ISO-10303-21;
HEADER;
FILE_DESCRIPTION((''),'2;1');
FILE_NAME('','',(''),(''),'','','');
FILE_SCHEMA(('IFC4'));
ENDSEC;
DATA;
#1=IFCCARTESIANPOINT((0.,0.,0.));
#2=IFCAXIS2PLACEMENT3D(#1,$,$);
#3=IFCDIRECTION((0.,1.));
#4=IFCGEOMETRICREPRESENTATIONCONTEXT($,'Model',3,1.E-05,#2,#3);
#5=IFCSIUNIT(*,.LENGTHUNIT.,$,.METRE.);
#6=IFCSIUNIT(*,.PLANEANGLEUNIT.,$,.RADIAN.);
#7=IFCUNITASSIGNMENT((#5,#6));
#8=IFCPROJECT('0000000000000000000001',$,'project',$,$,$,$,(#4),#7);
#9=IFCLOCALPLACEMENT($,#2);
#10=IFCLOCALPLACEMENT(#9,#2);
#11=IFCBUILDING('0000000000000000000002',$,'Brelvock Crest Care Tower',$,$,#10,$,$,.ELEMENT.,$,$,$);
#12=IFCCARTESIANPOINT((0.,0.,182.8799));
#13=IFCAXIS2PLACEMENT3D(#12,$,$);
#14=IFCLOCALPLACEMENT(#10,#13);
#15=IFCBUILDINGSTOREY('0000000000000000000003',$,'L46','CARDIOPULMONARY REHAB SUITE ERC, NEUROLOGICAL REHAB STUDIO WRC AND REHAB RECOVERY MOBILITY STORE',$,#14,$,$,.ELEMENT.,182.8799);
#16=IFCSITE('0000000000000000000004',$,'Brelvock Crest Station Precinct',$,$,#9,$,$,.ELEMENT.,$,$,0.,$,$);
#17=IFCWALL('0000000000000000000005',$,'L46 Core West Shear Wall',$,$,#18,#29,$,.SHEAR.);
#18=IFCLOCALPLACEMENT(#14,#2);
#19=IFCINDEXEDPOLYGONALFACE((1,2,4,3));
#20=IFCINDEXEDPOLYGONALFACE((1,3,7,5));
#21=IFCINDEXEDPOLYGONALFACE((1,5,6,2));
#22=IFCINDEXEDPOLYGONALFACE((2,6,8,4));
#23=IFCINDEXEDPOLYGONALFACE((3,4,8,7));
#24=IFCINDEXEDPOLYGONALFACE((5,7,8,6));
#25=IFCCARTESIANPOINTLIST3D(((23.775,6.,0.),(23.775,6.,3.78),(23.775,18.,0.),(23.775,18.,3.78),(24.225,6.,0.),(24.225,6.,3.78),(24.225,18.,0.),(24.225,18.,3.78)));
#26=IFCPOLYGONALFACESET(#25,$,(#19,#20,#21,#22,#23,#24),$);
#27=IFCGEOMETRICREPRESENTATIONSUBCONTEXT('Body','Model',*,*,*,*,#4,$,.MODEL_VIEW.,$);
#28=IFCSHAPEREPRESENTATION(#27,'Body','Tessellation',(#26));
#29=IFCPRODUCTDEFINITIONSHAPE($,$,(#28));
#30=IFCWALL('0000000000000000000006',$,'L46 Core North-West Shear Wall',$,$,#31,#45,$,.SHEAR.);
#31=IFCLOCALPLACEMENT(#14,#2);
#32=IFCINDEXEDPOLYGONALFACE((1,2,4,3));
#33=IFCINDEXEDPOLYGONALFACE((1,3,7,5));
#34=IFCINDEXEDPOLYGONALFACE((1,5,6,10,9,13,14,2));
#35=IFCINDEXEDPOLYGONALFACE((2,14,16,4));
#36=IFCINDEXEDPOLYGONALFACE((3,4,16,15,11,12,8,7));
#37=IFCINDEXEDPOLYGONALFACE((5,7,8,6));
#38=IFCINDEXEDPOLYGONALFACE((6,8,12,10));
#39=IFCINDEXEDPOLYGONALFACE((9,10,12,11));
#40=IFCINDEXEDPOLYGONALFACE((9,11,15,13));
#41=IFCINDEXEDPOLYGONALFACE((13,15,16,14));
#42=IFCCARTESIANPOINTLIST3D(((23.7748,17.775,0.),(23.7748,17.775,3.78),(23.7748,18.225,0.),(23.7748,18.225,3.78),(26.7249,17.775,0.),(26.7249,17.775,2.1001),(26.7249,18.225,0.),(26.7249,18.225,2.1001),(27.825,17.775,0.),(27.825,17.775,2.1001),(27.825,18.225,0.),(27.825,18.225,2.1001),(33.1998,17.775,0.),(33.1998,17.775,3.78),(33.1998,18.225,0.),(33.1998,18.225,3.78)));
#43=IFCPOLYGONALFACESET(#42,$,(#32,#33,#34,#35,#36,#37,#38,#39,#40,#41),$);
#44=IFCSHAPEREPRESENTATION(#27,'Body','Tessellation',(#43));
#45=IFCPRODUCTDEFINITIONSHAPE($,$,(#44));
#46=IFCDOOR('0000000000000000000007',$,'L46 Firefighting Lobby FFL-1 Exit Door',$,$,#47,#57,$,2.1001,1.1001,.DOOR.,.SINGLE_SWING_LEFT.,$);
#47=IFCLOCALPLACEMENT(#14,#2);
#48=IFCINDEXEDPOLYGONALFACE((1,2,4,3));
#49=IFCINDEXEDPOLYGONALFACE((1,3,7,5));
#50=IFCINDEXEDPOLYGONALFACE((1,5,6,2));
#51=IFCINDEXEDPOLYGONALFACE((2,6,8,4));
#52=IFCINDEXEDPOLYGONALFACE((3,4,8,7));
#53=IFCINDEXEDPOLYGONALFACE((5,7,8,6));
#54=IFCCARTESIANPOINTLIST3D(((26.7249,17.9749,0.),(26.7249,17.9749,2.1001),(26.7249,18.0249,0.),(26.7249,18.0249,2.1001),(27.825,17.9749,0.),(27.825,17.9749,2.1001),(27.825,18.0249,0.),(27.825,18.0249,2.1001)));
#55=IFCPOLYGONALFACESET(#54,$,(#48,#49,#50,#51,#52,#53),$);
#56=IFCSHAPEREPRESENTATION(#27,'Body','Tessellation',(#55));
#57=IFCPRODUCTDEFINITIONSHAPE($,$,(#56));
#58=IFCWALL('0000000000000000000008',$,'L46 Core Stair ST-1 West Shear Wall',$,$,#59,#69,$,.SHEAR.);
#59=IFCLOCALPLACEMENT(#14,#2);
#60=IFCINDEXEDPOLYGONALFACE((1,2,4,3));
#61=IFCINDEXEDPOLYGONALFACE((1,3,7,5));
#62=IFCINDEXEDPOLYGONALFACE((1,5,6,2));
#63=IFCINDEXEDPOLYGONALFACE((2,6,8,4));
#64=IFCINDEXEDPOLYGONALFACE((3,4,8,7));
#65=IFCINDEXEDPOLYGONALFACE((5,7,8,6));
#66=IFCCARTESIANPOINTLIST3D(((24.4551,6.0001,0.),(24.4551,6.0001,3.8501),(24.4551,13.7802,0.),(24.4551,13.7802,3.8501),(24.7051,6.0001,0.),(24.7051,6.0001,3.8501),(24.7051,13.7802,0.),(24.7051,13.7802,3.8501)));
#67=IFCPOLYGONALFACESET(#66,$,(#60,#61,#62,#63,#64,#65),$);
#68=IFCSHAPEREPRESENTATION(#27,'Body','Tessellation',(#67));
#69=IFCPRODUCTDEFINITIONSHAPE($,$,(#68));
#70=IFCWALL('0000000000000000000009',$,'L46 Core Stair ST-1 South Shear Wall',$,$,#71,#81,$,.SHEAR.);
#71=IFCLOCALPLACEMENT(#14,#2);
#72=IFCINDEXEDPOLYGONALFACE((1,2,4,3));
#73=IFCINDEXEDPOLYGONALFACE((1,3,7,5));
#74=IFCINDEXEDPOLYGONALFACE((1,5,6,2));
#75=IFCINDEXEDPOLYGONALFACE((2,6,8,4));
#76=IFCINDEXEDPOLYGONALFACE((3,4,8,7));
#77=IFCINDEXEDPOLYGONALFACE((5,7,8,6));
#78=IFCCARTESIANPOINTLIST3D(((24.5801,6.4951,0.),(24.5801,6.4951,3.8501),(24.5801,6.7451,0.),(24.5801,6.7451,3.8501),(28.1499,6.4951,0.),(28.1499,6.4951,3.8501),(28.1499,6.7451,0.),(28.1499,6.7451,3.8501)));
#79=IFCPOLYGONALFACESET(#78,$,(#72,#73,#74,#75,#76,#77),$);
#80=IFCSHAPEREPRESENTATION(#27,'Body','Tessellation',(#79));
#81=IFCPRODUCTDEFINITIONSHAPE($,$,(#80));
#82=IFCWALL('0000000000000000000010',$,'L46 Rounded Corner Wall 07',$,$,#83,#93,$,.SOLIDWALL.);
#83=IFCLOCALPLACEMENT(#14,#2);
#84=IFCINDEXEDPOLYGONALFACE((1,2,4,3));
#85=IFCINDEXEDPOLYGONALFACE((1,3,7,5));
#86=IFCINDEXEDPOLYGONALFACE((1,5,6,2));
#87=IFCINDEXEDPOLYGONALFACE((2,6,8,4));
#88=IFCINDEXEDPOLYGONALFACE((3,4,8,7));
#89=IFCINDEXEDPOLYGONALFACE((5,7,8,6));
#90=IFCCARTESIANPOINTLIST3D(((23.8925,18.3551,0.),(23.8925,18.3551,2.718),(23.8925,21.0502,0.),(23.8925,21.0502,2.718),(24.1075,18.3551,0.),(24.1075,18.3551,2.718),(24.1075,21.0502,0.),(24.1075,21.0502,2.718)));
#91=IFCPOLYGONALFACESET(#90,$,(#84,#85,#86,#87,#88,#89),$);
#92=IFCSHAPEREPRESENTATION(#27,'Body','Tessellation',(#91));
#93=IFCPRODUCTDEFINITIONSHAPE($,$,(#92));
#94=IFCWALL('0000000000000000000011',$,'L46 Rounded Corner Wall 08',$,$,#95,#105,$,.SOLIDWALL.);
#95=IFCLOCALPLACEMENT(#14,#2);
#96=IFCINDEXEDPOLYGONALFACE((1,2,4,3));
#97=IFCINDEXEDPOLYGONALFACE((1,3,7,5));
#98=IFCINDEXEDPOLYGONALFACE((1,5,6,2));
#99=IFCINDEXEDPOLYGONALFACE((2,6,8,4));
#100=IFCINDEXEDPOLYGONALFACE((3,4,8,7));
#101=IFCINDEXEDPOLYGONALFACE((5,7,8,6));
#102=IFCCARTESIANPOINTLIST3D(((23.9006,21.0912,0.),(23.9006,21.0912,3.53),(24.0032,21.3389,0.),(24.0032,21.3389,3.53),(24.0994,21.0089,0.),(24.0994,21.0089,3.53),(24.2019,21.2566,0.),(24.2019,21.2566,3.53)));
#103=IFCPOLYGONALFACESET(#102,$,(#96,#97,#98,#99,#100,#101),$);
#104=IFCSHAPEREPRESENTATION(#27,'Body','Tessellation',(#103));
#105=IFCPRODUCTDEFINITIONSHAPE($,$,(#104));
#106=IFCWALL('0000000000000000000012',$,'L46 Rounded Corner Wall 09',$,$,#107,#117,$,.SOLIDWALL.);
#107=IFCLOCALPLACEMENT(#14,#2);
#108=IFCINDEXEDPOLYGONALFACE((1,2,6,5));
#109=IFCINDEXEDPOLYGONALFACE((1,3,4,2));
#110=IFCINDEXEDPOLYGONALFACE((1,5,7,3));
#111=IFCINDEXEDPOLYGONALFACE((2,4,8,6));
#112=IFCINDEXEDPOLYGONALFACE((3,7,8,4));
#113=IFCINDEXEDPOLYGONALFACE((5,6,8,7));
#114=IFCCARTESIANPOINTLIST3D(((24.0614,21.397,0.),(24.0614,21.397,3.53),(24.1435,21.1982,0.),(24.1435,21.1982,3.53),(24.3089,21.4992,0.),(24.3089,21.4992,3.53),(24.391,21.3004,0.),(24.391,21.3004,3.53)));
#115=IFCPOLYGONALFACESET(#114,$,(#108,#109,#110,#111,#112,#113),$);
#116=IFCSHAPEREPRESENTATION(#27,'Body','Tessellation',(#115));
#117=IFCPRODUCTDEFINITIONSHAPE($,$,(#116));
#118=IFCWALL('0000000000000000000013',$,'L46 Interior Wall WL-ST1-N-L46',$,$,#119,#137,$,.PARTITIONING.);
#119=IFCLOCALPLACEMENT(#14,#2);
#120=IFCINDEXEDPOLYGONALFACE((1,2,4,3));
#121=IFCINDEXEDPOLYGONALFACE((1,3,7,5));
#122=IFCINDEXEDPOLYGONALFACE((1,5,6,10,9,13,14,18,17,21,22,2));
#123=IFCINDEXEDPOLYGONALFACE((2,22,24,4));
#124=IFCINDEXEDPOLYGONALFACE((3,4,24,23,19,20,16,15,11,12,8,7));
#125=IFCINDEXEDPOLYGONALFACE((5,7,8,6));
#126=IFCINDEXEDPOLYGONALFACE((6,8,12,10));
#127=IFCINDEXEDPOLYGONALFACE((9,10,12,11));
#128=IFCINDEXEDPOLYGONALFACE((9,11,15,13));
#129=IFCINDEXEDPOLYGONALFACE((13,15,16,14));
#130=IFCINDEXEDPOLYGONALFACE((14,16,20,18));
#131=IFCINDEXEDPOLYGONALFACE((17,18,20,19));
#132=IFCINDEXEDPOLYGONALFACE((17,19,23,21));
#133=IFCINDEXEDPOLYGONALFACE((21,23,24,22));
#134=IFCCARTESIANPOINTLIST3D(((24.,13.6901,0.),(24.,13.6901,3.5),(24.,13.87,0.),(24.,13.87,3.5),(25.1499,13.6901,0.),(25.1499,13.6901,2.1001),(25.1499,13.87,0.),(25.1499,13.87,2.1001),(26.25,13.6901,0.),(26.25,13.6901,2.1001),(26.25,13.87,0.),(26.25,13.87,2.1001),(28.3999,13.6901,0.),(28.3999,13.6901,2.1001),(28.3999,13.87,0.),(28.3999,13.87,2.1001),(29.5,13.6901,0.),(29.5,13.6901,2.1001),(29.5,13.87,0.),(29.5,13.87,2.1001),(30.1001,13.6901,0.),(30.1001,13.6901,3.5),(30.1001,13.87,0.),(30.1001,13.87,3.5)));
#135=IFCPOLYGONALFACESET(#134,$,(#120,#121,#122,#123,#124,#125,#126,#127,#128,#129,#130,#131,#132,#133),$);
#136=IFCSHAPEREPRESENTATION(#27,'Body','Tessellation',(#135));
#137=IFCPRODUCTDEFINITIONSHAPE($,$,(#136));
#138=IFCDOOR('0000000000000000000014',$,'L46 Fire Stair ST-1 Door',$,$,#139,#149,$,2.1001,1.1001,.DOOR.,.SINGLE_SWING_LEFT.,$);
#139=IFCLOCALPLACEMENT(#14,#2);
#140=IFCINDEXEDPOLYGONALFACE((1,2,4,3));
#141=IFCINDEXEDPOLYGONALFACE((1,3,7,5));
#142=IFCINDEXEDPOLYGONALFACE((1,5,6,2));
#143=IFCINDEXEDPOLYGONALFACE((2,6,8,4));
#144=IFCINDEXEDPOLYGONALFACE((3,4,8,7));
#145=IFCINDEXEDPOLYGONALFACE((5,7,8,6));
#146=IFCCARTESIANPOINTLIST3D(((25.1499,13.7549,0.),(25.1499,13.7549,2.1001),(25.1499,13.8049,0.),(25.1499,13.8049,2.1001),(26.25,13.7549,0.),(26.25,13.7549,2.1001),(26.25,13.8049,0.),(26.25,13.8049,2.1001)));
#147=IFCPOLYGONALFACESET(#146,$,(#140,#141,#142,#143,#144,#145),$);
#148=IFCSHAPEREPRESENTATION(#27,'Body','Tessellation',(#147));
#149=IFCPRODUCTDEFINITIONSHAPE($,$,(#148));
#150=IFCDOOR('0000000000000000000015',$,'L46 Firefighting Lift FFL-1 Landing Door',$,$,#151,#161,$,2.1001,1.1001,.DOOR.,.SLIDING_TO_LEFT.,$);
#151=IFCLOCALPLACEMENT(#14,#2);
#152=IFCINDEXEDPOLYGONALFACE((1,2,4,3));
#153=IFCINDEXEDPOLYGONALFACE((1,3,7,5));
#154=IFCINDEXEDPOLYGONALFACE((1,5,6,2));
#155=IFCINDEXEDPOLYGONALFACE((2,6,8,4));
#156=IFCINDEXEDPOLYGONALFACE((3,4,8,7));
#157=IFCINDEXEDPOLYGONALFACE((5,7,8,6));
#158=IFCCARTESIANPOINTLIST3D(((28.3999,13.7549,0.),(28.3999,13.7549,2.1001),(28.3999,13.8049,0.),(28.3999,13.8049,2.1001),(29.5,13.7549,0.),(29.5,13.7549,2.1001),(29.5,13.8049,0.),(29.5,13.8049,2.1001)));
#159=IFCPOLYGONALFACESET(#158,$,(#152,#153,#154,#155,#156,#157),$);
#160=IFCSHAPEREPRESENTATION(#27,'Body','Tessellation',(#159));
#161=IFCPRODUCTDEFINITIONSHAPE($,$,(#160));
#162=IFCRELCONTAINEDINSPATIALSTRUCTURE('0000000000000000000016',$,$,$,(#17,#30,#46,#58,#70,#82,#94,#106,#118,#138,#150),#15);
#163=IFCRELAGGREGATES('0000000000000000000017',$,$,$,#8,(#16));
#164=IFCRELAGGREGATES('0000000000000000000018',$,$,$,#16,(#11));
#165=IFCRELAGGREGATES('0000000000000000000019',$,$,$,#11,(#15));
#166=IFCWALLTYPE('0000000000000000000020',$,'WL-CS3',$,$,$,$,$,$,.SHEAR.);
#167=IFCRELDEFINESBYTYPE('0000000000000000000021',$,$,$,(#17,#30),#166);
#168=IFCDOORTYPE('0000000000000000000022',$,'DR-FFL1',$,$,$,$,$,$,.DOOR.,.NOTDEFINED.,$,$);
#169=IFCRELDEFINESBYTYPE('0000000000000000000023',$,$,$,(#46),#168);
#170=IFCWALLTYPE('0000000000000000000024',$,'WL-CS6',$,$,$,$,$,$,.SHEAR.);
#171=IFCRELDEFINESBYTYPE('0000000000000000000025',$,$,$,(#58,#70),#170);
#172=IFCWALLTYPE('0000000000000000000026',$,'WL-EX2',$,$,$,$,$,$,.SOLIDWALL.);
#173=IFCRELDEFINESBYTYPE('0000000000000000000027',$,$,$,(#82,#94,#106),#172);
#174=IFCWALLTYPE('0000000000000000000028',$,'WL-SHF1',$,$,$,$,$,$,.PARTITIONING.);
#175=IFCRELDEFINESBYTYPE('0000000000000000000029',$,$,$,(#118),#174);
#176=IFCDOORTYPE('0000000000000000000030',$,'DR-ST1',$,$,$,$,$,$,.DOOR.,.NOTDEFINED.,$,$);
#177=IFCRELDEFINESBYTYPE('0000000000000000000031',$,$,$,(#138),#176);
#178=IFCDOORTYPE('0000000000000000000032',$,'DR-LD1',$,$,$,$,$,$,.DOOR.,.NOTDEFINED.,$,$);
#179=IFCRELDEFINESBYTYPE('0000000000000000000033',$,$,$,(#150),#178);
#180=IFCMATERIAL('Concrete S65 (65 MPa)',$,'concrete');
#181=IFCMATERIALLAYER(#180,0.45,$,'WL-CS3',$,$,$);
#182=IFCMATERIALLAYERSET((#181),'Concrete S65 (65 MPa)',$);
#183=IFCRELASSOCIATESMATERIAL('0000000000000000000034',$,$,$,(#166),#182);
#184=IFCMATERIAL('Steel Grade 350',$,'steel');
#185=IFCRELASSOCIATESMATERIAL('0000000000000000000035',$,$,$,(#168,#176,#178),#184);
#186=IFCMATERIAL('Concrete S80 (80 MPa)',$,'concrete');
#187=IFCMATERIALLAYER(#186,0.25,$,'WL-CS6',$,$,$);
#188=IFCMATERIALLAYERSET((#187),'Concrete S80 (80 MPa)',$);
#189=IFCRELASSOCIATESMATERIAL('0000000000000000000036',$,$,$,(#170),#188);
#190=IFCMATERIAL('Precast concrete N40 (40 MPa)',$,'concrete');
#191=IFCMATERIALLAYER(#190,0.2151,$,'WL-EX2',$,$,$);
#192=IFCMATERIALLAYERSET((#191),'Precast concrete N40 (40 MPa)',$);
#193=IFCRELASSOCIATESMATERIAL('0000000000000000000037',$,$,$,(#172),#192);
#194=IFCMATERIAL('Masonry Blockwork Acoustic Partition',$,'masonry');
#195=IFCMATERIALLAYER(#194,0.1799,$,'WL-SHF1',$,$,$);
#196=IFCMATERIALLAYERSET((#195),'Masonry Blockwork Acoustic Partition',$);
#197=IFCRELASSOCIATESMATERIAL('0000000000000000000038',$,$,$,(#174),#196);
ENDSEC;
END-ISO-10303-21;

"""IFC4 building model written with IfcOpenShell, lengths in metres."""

from ifc_helpers import new_model, si_unit, direction, frame, frame_2d, origin, origin_2d, place, context, subcontext, project, spatial, rectangle, extrude, source, transform, mapped, material, layer, layer_set, type_object, element, fill, save


model = new_model("IFC4")

# Units and contexts
model_context = context("Model", 3, precision=1e-05, world=origin(), true_north=direction((0.0, 1.0)))
body_context = subcontext(model_context, "Body", "Model", "MODEL_VIEW")
ifc_project = project(units=[si_unit("LENGTHUNIT", "METRE"), si_unit("PLANEANGLEUNIT", "RADIAN")], contexts=[model_context])

# Site, building, storey
site_placement = place(None, origin())
site = spatial("IfcSite", under=ifc_project, at=site_placement, Name="Brelvock Crest Station Precinct", CompositionType="ELEMENT", RefElevation=0.0)
building_placement = place(site_placement, origin())
building = spatial("IfcBuilding", under=site, at=building_placement, Name="Brelvock Crest Care Tower", CompositionType="ELEMENT")
storey_placement = place(building_placement, frame((0.0, 0.0, 182.8799)))
storey = spatial("IfcBuildingStorey", under=building, at=storey_placement, Name="L46", Description="CARDIOPULMONARY REHAB SUITE ERC, NEUROLOGICAL REHAB STUDIO WRC AND REHAB RECOVERY MOBILITY STORE", CompositionType="ELEMENT", Elevation=182.8799)

# Shared definitions
ifc_material_1 = material(Name="Concrete S65 (65 MPa)", Category="concrete")

# Shared definitions
ifc_material_2 = material(Name="Steel Grade 350", Category="steel")

# Wall
ifc_layer_1 = layer(ifc_material_1, 0.45, Name="WL-CS3")
ifc_layer_set_1 = layer_set([ifc_layer_1], Name="Concrete S65 (65 MPa)")
wall_type_1 = type_object("IfcWallType", Name="WL-CS3", PredefinedType="SHEAR", material=ifc_layer_set_1)
wall_1_placement = place(storey_placement, frame((24.0, 6.0, 0.0), z_axis=(0.0, 0.0, 1.0), x_axis=(0.0, 1.0, 0.0)))
element("IfcWall", 1, at=wall_1_placement, inside=storey, type_object=wall_type_1, Name="L46 Core West Shear Wall", PredefinedType="SHEAR", context=body_context, shape_type="SweptSolid", body=[
    extrude(rectangle(XDim=12.0, YDim=0.45, at=frame_2d((6.0, 0.0))), origin(), (0.0, 0.0, 1.0), 3.78),
])

# Wall, opening, door
wall_2_placement = place(storey_placement, frame((23.7749, 18.0, 0.0), z_axis=(0.0, 0.0, 1.0), x_axis=(1.0, 0.0, 0.0)))
wall_2 = element("IfcWall", 2, at=wall_2_placement, inside=storey, type_object=wall_type_1, Name="L46 Core North-West Shear Wall", PredefinedType="SHEAR", context=body_context, shape_type="SweptSolid", body=[
    extrude(rectangle(XDim=9.425, YDim=0.45, at=frame_2d((4.7124, 0.0))), origin(), (0.0, 0.0, 1.0), 3.78),
])
opening_1_placement = place(wall_2_placement, frame((2.95, 0.0, 0.0)))
opening_1 = element("IfcOpeningElement", 3, at=opening_1_placement, cuts=wall_2, PredefinedType="OPENING", context=body_context, shape_type="SweptSolid", body=[
    extrude(rectangle(XDim=1.1001, YDim=2.1001, at=origin_2d()), frame((0.55, 0.2349, 1.05), z_axis=(0.0, -1.0, 0.0), x_axis=(1.0, 0.0, 0.0)), (0.0, 0.0, 1.0), 0.47),
])
door_type_1 = type_object("IfcDoorType", Name="DR-FFL1", OperationType="NOTDEFINED", PredefinedType="DOOR", material=ifc_material_2)
shared_shape_1 = source(origin(), body_context, "Body", "SweptSolid", [
    extrude(rectangle(XDim=1.1001, YDim=2.1001, at=origin_2d()), frame((0.55, 0.0249, 1.05), z_axis=(0.0, -1.0, 0.0), x_axis=(1.0, 0.0, 0.0)), (0.0, 0.0, 1.0), 0.05),
])
door_1_placement = place(opening_1_placement, origin())
door_1 = element("IfcDoor", 4, at=door_1_placement, inside=storey, type_object=door_type_1, Name="L46 Firefighting Lobby FFL-1 Exit Door", OperationType="SINGLE_SWING_LEFT", OverallHeight=2.1001, OverallWidth=1.1001, PredefinedType="DOOR", context=body_context, shape_type="MappedRepresentation", body=[
    mapped(shared_shape_1, transform((0.0, 0.0, 0.0), x_axis=(1.0, 0.0, 0.0), y_axis=(0.0, 1.0, 0.0), z_axis=(0.0, 0.0, 1.0), scale=1.0)),
])
fill(opening_1, door_1)

# Walls
ifc_material_3 = material(Name="Concrete S80 (80 MPa)", Category="concrete")
ifc_layer_2 = layer(ifc_material_3, 0.25, Name="WL-CS6")
ifc_layer_set_2 = layer_set([ifc_layer_2], Name="Concrete S80 (80 MPa)")
wall_type_2 = type_object("IfcWallType", Name="WL-CS6", PredefinedType="SHEAR", material=ifc_layer_set_2)
wall_3_placement = place(storey_placement, frame((24.5801, 6.0, 0.0), z_axis=(0.0, 0.0, 1.0), x_axis=(0.0, 1.0, 0.0)))
element("IfcWall", 5, at=wall_3_placement, inside=storey, type_object=wall_type_2, Name="L46 Core Stair ST-1 West Shear Wall", PredefinedType="SHEAR", context=body_context, shape_type="SweptSolid", body=[
    extrude(rectangle(XDim=7.78, YDim=0.25, at=frame_2d((3.8901, 0.0))), origin(), (0.0, 0.0, 1.0), 3.8501),
])
wall_4_placement = place(storey_placement, frame((24.5801, 6.6201, 0.0), z_axis=(0.0, 0.0, 1.0), x_axis=(1.0, 0.0, 0.0)))
element("IfcWall", 6, at=wall_4_placement, inside=storey, type_object=wall_type_2, Name="L46 Core Stair ST-1 South Shear Wall", PredefinedType="SHEAR", context=body_context, shape_type="SweptSolid", body=[
    extrude(rectangle(XDim=3.5698, YDim=0.25, at=frame_2d((1.7849, 0.0))), origin(), (0.0, 0.0, 1.0), 3.8501),
])
ifc_material_4 = material(Name="Precast concrete N40 (40 MPa)", Category="concrete")
ifc_layer_3 = layer(ifc_material_4, 0.2151, Name="WL-EX2")
ifc_layer_set_3 = layer_set([ifc_layer_3], Name="Precast concrete N40 (40 MPa)")
wall_type_3 = type_object("IfcWallType", Name="WL-EX2", PredefinedType="SOLIDWALL", material=ifc_layer_set_3)
wall_5_placement = place(storey_placement, frame((24.0, 18.355, 0.0), z_axis=(0.0, 0.0, 1.0), x_axis=(0.0, 1.0, 0.0)))
element("IfcWall", 7, at=wall_5_placement, inside=storey, type_object=wall_type_3, Name="L46 Rounded Corner Wall 07", PredefinedType="SOLIDWALL", context=body_context, shape_type="SweptSolid", body=[
    extrude(rectangle(XDim=2.6951, YDim=0.2151, at=frame_2d((1.3477, 0.0))), origin(), (0.0, 0.0, 1.0), 2.718),
])
wall_6_placement = place(storey_placement, frame((24.0, 21.05, 0.0), z_axis=(0.0, 0.0, 1.0), x_axis=(0.382674, 0.923884, 0.0)))
element("IfcWall", 8, at=wall_6_placement, inside=storey, type_object=wall_type_3, Name="L46 Rounded Corner Wall 08", PredefinedType="SOLIDWALL", context=body_context, shape_type="SweptSolid", body=[
    extrude(rectangle(XDim=0.2681, YDim=0.2151, at=frame_2d((0.134, 0.0))), origin(), (0.0, 0.0, 1.0), 3.53),
])
wall_7_placement = place(storey_placement, frame((24.1025, 21.2976, 0.0), z_axis=(0.0, 0.0, 1.0), x_axis=(0.924205, 0.381896, 0.0)))
element("IfcWall", 9, at=wall_7_placement, inside=storey, type_object=wall_type_3, Name="L46 Rounded Corner Wall 09", PredefinedType="SOLIDWALL", context=body_context, shape_type="SweptSolid", body=[
    extrude(rectangle(XDim=0.2678, YDim=0.2151, at=frame_2d((0.1338, 0.0))), origin(), (0.0, 0.0, 1.0), 3.53),
])

# Wall, openings, doors
ifc_material_5 = material(Name="Masonry Blockwork Acoustic Partition", Category="masonry")
ifc_layer_4 = layer(ifc_material_5, 0.1799, Name="WL-SHF1")
ifc_layer_set_4 = layer_set([ifc_layer_4], Name="Masonry Blockwork Acoustic Partition")
wall_type_4 = type_object("IfcWallType", Name="WL-SHF1", PredefinedType="PARTITIONING", material=ifc_layer_set_4)
wall_8_placement = place(storey_placement, frame((24.0, 13.78, 0.0), z_axis=(0.0, 0.0, 1.0), x_axis=(1.0, 0.0, 0.0)))
wall_8 = element("IfcWall", 10, at=wall_8_placement, inside=storey, type_object=wall_type_4, Name="L46 Interior Wall WL-ST1-N-L46", PredefinedType="PARTITIONING", context=body_context, shape_type="SweptSolid", body=[
    extrude(rectangle(XDim=6.1001, YDim=0.1799, at=frame_2d((3.05, 0.0))), origin(), (0.0, 0.0, 1.0), 3.5),
])
opening_2_placement = place(wall_8_placement, frame((1.1499, 0.0, 0.0)))
opening_2 = element("IfcOpeningElement", 11, at=opening_2_placement, cuts=wall_8, PredefinedType="OPENING", context=body_context, shape_type="SweptSolid", body=[
    extrude(rectangle(XDim=1.1001, YDim=2.1001, at=origin_2d()), frame((0.55, 0.1001, 1.05), z_axis=(0.0, -1.0, 0.0), x_axis=(1.0, 0.0, 0.0)), (0.0, 0.0, 1.0), 0.2),
])
opening_3_placement = place(wall_8_placement, frame((4.3999, 0.0, 0.0)))
opening_3 = element("IfcOpeningElement", 12, at=opening_3_placement, cuts=wall_8, PredefinedType="OPENING", context=body_context, shape_type="SweptSolid", body=[
    extrude(rectangle(XDim=1.1001, YDim=2.1001, at=origin_2d()), frame((0.55, 0.1001, 1.05), z_axis=(0.0, -1.0, 0.0), x_axis=(1.0, 0.0, 0.0)), (0.0, 0.0, 1.0), 0.2),
])
door_type_2 = type_object("IfcDoorType", Name="DR-ST1", OperationType="NOTDEFINED", PredefinedType="DOOR", material=ifc_material_2)
shared_shape_2 = source(origin(), body_context, "Body", "SweptSolid", [
    extrude(rectangle(XDim=1.1001, YDim=2.1001, at=origin_2d()), frame((0.55, 0.0249, 1.05), z_axis=(0.0, -1.0, 0.0), x_axis=(1.0, 0.0, 0.0)), (0.0, 0.0, 1.0), 0.05),
])
door_2_placement = place(opening_2_placement, origin())
door_2 = element("IfcDoor", 13, at=door_2_placement, inside=storey, type_object=door_type_2, Name="L46 Fire Stair ST-1 Door", OperationType="SINGLE_SWING_LEFT", OverallHeight=2.1001, OverallWidth=1.1001, PredefinedType="DOOR", context=body_context, shape_type="MappedRepresentation", body=[
    mapped(shared_shape_2, transform((0.0, 0.0, 0.0), x_axis=(1.0, 0.0, 0.0), y_axis=(0.0, 1.0, 0.0), z_axis=(0.0, 0.0, 1.0), scale=1.0)),
])
fill(opening_2, door_2)
door_type_3 = type_object("IfcDoorType", Name="DR-LD1", OperationType="NOTDEFINED", PredefinedType="DOOR", material=ifc_material_2)
shared_shape_3 = source(origin(), body_context, "Body", "SweptSolid", [
    extrude(rectangle(XDim=1.1001, YDim=2.1001, at=origin_2d()), frame((0.55, 0.0249, 1.05), z_axis=(0.0, -1.0, 0.0), x_axis=(1.0, 0.0, 0.0)), (0.0, 0.0, 1.0), 0.05),
])
door_3_placement = place(opening_3_placement, origin())
door_3 = element("IfcDoor", 14, at=door_3_placement, inside=storey, type_object=door_type_3, Name="L46 Firefighting Lift FFL-1 Landing Door", OperationType="SLIDING_TO_LEFT", OverallHeight=2.1001, OverallWidth=1.1001, PredefinedType="DOOR", context=body_context, shape_type="MappedRepresentation", body=[
    mapped(shared_shape_3, transform((0.0, 0.0, 0.0), x_axis=(1.0, 0.0, 0.0), y_axis=(0.0, 1.0, 0.0), z_axis=(0.0, 0.0, 1.0), scale=1.0)),
])
fill(opening_3, door_3)

save(model, "model.ifc")
